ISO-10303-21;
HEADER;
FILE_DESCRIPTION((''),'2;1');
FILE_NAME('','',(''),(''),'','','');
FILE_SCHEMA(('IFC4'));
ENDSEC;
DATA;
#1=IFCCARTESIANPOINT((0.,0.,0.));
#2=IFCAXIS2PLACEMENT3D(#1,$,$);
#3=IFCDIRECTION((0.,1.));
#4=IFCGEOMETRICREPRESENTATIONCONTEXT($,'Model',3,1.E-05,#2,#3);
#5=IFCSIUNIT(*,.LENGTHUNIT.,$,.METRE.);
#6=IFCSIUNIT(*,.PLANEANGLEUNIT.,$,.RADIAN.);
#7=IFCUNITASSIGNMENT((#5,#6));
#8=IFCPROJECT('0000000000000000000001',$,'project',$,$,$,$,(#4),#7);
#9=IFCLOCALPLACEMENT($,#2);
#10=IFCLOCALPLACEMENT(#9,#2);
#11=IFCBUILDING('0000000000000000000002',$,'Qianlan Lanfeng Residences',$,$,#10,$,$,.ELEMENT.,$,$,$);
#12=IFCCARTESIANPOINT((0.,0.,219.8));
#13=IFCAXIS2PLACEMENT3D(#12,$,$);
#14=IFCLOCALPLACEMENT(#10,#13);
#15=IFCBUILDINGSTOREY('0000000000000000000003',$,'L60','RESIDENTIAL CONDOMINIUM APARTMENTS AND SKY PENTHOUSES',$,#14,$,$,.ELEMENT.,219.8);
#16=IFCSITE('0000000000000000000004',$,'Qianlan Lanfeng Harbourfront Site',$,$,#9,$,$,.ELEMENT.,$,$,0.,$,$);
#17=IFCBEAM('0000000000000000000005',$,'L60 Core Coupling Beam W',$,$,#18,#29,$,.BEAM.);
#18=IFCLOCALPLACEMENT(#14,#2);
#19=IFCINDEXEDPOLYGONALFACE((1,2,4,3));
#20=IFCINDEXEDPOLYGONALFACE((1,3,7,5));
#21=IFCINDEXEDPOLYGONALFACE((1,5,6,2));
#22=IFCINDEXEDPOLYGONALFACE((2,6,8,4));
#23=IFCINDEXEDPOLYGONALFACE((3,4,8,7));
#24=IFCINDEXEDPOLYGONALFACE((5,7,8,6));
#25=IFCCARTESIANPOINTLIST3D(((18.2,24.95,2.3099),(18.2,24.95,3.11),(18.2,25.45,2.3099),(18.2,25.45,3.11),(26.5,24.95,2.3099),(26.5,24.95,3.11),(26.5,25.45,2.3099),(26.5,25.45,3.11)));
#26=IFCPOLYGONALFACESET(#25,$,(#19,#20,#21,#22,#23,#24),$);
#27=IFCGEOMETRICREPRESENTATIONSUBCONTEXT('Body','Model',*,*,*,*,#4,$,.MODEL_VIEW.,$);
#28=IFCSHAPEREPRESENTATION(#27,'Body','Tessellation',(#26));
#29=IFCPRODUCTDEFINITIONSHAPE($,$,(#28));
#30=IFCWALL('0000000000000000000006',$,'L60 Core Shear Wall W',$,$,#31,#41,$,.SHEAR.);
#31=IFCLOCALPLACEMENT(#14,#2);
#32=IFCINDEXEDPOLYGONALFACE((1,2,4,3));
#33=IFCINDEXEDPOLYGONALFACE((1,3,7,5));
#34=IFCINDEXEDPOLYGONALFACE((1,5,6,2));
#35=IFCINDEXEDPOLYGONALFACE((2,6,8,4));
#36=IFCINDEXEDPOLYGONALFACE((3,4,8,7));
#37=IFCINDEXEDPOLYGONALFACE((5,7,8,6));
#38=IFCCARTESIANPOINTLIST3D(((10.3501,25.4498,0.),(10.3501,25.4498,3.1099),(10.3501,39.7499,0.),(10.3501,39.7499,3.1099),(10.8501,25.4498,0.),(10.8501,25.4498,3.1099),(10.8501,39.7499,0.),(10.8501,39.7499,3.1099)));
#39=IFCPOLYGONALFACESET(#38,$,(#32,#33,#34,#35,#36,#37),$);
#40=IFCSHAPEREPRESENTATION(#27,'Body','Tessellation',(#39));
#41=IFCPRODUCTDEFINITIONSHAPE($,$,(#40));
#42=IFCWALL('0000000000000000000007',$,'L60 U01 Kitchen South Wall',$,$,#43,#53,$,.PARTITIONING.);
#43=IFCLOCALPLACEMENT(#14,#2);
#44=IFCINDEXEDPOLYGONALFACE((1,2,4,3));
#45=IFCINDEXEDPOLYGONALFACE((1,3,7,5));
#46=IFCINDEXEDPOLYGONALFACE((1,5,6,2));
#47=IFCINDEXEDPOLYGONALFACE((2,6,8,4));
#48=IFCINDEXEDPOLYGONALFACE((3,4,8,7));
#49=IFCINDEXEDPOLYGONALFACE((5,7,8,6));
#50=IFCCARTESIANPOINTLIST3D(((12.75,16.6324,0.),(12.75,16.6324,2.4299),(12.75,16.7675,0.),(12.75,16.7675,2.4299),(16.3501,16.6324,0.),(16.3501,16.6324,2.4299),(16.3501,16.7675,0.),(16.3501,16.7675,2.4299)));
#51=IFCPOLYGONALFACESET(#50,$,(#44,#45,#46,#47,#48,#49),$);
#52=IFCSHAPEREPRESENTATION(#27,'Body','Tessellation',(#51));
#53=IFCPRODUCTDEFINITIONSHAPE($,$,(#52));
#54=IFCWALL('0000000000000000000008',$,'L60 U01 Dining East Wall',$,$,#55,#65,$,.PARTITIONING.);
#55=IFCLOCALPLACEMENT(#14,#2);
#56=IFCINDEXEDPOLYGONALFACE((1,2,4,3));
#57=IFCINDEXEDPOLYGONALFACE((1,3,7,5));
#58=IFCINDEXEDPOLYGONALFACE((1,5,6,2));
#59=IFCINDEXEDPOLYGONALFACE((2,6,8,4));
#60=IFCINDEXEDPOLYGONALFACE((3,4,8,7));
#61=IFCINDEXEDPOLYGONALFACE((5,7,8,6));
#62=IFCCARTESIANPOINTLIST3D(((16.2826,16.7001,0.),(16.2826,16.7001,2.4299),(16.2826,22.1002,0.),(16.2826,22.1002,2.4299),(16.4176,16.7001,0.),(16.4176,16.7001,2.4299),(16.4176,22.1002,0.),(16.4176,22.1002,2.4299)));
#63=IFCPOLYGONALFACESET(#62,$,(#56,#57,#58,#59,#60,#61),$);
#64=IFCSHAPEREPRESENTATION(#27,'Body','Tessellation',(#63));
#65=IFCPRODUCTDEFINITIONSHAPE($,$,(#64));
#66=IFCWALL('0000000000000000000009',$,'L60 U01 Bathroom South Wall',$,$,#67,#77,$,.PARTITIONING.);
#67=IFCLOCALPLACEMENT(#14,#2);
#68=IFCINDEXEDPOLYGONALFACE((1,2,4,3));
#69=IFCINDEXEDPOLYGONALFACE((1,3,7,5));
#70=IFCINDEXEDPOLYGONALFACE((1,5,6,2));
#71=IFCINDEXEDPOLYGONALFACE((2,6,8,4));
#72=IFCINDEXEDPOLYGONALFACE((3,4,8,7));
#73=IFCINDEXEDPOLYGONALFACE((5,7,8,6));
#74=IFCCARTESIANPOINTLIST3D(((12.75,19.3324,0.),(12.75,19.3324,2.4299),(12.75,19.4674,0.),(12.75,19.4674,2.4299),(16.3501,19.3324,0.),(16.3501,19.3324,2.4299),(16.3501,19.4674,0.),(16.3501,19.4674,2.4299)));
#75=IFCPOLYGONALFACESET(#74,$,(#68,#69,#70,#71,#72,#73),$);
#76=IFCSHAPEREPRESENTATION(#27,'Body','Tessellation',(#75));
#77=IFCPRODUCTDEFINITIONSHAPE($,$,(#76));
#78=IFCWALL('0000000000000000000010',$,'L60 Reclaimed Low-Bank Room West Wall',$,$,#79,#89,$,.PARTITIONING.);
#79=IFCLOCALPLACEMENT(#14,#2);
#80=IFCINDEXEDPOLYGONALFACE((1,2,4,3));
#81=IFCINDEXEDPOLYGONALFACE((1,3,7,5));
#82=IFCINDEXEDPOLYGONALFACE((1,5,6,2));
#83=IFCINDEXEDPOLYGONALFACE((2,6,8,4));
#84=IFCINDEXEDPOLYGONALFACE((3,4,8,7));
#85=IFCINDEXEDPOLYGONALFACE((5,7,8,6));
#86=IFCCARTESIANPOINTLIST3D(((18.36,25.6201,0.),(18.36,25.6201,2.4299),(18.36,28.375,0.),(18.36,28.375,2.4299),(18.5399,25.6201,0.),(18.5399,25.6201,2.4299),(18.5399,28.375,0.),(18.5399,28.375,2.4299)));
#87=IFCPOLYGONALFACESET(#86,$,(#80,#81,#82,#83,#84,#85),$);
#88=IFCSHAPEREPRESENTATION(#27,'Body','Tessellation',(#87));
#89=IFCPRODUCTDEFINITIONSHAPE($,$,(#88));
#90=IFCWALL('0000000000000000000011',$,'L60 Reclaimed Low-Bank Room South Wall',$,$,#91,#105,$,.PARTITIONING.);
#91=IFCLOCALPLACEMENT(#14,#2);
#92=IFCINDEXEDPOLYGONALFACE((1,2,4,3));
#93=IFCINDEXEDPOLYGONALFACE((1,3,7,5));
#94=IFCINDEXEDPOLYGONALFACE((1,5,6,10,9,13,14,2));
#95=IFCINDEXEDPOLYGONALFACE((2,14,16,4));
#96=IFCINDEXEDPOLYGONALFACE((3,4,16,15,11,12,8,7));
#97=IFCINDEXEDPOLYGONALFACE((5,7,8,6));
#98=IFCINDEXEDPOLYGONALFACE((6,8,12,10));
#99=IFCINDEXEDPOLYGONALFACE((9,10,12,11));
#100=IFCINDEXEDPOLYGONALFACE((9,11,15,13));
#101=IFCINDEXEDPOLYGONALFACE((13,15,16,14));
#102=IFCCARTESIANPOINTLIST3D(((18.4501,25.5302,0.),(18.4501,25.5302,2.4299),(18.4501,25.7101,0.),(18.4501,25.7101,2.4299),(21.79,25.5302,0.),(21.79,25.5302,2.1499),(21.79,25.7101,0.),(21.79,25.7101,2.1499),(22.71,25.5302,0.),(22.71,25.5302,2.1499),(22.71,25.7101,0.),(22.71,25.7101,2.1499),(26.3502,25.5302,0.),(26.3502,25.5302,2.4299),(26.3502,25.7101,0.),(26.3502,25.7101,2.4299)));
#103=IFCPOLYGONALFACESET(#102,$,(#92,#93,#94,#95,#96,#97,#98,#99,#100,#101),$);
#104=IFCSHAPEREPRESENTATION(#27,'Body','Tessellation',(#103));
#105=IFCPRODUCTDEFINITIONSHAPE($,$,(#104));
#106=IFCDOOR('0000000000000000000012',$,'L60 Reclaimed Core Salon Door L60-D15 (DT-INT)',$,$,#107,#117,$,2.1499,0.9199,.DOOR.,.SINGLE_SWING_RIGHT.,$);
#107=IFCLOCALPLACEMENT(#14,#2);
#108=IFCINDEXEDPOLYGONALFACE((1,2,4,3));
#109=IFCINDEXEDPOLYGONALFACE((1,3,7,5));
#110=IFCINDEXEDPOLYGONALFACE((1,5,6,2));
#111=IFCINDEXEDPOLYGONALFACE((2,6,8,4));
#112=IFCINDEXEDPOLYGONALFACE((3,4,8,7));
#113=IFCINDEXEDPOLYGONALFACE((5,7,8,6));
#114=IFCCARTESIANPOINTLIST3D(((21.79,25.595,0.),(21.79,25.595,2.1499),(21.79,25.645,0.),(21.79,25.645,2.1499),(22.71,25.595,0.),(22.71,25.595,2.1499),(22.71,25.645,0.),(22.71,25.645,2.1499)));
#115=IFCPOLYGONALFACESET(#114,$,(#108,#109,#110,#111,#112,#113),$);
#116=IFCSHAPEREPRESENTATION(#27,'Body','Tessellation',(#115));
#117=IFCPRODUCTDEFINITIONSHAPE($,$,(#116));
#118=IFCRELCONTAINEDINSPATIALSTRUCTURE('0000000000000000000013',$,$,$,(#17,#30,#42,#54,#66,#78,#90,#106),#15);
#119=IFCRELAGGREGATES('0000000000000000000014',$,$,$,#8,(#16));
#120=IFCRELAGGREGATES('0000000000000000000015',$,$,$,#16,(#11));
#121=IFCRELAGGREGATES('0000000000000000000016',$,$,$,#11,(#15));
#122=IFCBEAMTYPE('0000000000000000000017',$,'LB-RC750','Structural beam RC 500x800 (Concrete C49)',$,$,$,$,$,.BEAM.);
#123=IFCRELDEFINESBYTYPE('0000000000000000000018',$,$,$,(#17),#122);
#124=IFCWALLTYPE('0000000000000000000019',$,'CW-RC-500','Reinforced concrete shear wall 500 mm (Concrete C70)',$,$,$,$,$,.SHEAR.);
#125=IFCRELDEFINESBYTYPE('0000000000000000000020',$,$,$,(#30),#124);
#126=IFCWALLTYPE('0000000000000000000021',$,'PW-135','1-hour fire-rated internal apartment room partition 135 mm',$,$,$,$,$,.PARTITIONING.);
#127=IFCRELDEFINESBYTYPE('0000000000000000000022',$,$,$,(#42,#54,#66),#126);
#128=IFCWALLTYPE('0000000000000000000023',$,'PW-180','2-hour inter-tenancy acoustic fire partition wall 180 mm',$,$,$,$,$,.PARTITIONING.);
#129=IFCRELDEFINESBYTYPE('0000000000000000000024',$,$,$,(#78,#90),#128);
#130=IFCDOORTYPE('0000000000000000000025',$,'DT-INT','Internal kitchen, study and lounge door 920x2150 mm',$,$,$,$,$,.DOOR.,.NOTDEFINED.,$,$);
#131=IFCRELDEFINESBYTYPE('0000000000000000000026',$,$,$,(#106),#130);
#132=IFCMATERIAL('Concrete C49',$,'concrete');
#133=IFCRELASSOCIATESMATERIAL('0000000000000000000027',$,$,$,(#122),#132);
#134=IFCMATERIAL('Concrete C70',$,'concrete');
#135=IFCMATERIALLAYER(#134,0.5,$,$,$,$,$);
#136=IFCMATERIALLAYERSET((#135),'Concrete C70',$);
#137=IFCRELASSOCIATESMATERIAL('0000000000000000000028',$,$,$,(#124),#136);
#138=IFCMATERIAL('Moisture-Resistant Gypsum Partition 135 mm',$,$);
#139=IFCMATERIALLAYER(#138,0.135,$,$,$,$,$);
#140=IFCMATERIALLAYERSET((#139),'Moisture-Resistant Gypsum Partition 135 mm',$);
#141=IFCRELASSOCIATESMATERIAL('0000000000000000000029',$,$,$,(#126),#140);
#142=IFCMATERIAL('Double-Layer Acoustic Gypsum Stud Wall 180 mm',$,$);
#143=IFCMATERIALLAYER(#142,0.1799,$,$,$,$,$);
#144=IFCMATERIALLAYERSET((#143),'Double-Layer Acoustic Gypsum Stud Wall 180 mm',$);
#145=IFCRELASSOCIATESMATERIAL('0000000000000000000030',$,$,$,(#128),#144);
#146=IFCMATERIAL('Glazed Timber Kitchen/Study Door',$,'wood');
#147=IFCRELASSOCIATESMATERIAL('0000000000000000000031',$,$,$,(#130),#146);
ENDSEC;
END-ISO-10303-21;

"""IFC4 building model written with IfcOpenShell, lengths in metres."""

from ifc_helpers import new_model, si_unit, direction, frame, frame_2d, origin, origin_2d, place, context, subcontext, project, spatial, rectangle, extrude, material, layer, layer_set, material_profile, profile_set, type_object, element, fill, save


model = new_model("IFC4")

# Units and contexts
model_context = context("Model", 3, precision=1e-05, world=origin(), true_north=direction((0.0, 1.0)))
body_context = subcontext(model_context, "Body", "Model", "MODEL_VIEW")
ifc_project = project(units=[si_unit("LENGTHUNIT", "METRE"), si_unit("PLANEANGLEUNIT", "RADIAN")], contexts=[model_context])

# Site, building, storey
site_placement = place(None, origin())
site = spatial("IfcSite", under=ifc_project, at=site_placement, Name="Qianlan Lanfeng Harbourfront Site", CompositionType="ELEMENT", RefElevation=0.0)
building_placement = place(site_placement, origin())
building = spatial("IfcBuilding", under=site, at=building_placement, Name="Qianlan Lanfeng Residences", CompositionType="ELEMENT")
storey_placement = place(building_placement, frame((0.0, 0.0, 219.8)))
storey = spatial("IfcBuildingStorey", under=building, at=storey_placement, Name="L60", Description="RESIDENTIAL CONDOMINIUM APARTMENTS AND SKY PENTHOUSES", CompositionType="ELEMENT", Elevation=219.8)

# Beam
ifc_material_1 = material(Name="Concrete C49", Category="concrete")
ifc_material_profile_1 = material_profile(ifc_material_1, rectangle(XDim=0.5, YDim=0.8, at=origin_2d()), Name="RC 500x800")
ifc_profile_set_1 = profile_set([ifc_material_profile_1], Name="Concrete C49")
beam_type_1 = type_object("IfcBeamType", Name="LB-RC750", Description="Structural beam RC 500x800 (Concrete C49)", PredefinedType="BEAM", material=ifc_profile_set_1)
beam_1_placement = place(storey_placement, frame((18.2, 25.2, 2.71), z_axis=(1.0, 0.0, 0.0), x_axis=(0.0, 1.0, 0.0)))
element("IfcBeam", 1, at=beam_1_placement, inside=storey, type_object=beam_type_1, Name="L60 Core Coupling Beam W", PredefinedType="BEAM", context=body_context, shape_type="SweptSolid", body=[
    extrude(rectangle(XDim=0.5, YDim=0.8, at=origin_2d()), origin(), (0.0, 0.0, 1.0), 8.3),
])

# Walls
ifc_material_2 = material(Name="Concrete C70", Category="concrete")
ifc_layer_1 = layer(ifc_material_2, 0.5)
ifc_layer_set_1 = layer_set([ifc_layer_1], Name="Concrete C70")
wall_type_1 = type_object("IfcWallType", Name="CW-RC-500", Description="Reinforced concrete shear wall 500 mm (Concrete C70)", PredefinedType="SHEAR", material=ifc_layer_set_1)
wall_1_placement = place(storey_placement, frame((10.6001, 25.45, 0.0), z_axis=(0.0, 0.0, 1.0), x_axis=(0.0, 1.0, 0.0)))
element("IfcWall", 2, at=wall_1_placement, inside=storey, type_object=wall_type_1, Name="L60 Core Shear Wall W", PredefinedType="SHEAR", context=body_context, shape_type="SweptSolid", body=[
    extrude(rectangle(XDim=14.3, YDim=0.5, at=frame_2d((7.1499, 0.0))), origin(), (0.0, 0.0, 1.0), 3.1099),
])
ifc_material_3 = material(Name="Moisture-Resistant Gypsum Partition 135 mm")
ifc_layer_2 = layer(ifc_material_3, 0.135)
ifc_layer_set_2 = layer_set([ifc_layer_2], Name="Moisture-Resistant Gypsum Partition 135 mm")
wall_type_2 = type_object("IfcWallType", Name="PW-135", Description="1-hour fire-rated internal apartment room partition 135 mm", PredefinedType="PARTITIONING", material=ifc_layer_set_2)
wall_2_placement = place(storey_placement, frame((12.75, 16.7, 0.0), z_axis=(0.0, 0.0, 1.0), x_axis=(1.0, 0.0, 0.0)))
element("IfcWall", 3, at=wall_2_placement, inside=storey, type_object=wall_type_2, Name="L60 U01 Kitchen South Wall", PredefinedType="PARTITIONING", context=body_context, shape_type="SweptSolid", body=[
    extrude(rectangle(XDim=3.6001, YDim=0.135, at=frame_2d((1.8, 0.0))), origin(), (0.0, 0.0, 1.0), 2.4299),
])
wall_3_placement = place(storey_placement, frame((16.3501, 16.7, 0.0), z_axis=(0.0, 0.0, 1.0), x_axis=(0.0, 1.0, 0.0)))
element("IfcWall", 4, at=wall_3_placement, inside=storey, type_object=wall_type_2, Name="L60 U01 Dining East Wall", PredefinedType="PARTITIONING", context=body_context, shape_type="SweptSolid", body=[
    extrude(rectangle(XDim=5.4001, YDim=0.135, at=frame_2d((2.7002, 0.0))), origin(), (0.0, 0.0, 1.0), 2.4299),
])
wall_4_placement = place(storey_placement, frame((12.75, 19.3999, 0.0), z_axis=(0.0, 0.0, 1.0), x_axis=(1.0, 0.0, 0.0)))
element("IfcWall", 5, at=wall_4_placement, inside=storey, type_object=wall_type_2, Name="L60 U01 Bathroom South Wall", PredefinedType="PARTITIONING", context=body_context, shape_type="SweptSolid", body=[
    extrude(rectangle(XDim=3.6001, YDim=0.135, at=frame_2d((1.8, 0.0))), origin(), (0.0, 0.0, 1.0), 2.4299),
])

# Shared definitions
ifc_material_4 = material(Name="Double-Layer Acoustic Gypsum Stud Wall 180 mm")
ifc_layer_3 = layer(ifc_material_4, 0.1799)
ifc_layer_set_3 = layer_set([ifc_layer_3], Name="Double-Layer Acoustic Gypsum Stud Wall 180 mm")
wall_type_3 = type_object("IfcWallType", Name="PW-180", Description="2-hour inter-tenancy acoustic fire partition wall 180 mm", PredefinedType="PARTITIONING", material=ifc_layer_set_3)
ifc_material_5 = material(Name="Glazed Timber Kitchen/Study Door", Category="wood")
door_type = type_object("IfcDoorType", Name="DT-INT", Description="Internal kitchen, study and lounge door 920x2150 mm", OperationType="NOTDEFINED", PredefinedType="DOOR", material=ifc_material_5)

# Wall
wall_5_placement = place(storey_placement, frame((18.45, 25.6201, 0.0), z_axis=(0.0, 0.0, 1.0), x_axis=(0.0, 1.0, 0.0)))
element("IfcWall", 6, at=wall_5_placement, inside=storey, type_object=wall_type_3, Name="L60 Reclaimed Low-Bank Room West Wall", PredefinedType="PARTITIONING", context=body_context, shape_type="SweptSolid", body=[
    extrude(rectangle(XDim=2.7549, YDim=0.1799, at=frame_2d((1.3774, 0.0))), origin(), (0.0, 0.0, 1.0), 2.4299),
])

# Wall, opening, door
wall_6_placement = place(storey_placement, frame((18.45, 25.6201, 0.0), z_axis=(0.0, 0.0, 1.0), x_axis=(1.0, 0.0, 0.0)))
wall_6 = element("IfcWall", 7, at=wall_6_placement, inside=storey, type_object=wall_type_3, Name="L60 Reclaimed Low-Bank Room South Wall", PredefinedType="PARTITIONING", context=body_context, shape_type="SweptSolid", body=[
    extrude(rectangle(XDim=7.9001, YDim=0.1799, at=frame_2d((3.9502, 0.0))), origin(), (0.0, 0.0, 1.0), 2.4299),
])
opening_1_placement = place(wall_6_placement, frame((3.3401, 0.0, 0.0)))
opening_1 = element("IfcOpeningElement", 8, at=opening_1_placement, cuts=wall_6, PredefinedType="OPENING", context=body_context, shape_type="SweptSolid", body=[
    extrude(rectangle(XDim=0.9199, YDim=2.1499, at=frame_2d((0.46, 1.075))), frame((0.0, 0.1001, 0.0), z_axis=(0.0, -1.0, 0.0), x_axis=(1.0, 0.0, 0.0)), (0.0, 0.0, 1.0), 0.2),
])
door_1_placement = place(opening_1_placement, origin())
door_1 = element("IfcDoor", 9, at=door_1_placement, inside=storey, type_object=door_type, Name="L60 Reclaimed Core Salon Door L60-D15 (DT-INT)", OperationType="SINGLE_SWING_RIGHT", OverallHeight=2.1499, OverallWidth=0.9199, PredefinedType="DOOR", context=body_context, shape_type="SweptSolid", body=[
    extrude(rectangle(XDim=0.9199, YDim=2.1499, at=frame_2d((0.46, 1.075))), frame((0.0, 0.0249, 0.0), z_axis=(0.0, -1.0, 0.0), x_axis=(1.0, 0.0, 0.0)), (0.0, 0.0, 1.0), 0.05),
])
fill(opening_1, door_1)

save(model, "model.ifc")
